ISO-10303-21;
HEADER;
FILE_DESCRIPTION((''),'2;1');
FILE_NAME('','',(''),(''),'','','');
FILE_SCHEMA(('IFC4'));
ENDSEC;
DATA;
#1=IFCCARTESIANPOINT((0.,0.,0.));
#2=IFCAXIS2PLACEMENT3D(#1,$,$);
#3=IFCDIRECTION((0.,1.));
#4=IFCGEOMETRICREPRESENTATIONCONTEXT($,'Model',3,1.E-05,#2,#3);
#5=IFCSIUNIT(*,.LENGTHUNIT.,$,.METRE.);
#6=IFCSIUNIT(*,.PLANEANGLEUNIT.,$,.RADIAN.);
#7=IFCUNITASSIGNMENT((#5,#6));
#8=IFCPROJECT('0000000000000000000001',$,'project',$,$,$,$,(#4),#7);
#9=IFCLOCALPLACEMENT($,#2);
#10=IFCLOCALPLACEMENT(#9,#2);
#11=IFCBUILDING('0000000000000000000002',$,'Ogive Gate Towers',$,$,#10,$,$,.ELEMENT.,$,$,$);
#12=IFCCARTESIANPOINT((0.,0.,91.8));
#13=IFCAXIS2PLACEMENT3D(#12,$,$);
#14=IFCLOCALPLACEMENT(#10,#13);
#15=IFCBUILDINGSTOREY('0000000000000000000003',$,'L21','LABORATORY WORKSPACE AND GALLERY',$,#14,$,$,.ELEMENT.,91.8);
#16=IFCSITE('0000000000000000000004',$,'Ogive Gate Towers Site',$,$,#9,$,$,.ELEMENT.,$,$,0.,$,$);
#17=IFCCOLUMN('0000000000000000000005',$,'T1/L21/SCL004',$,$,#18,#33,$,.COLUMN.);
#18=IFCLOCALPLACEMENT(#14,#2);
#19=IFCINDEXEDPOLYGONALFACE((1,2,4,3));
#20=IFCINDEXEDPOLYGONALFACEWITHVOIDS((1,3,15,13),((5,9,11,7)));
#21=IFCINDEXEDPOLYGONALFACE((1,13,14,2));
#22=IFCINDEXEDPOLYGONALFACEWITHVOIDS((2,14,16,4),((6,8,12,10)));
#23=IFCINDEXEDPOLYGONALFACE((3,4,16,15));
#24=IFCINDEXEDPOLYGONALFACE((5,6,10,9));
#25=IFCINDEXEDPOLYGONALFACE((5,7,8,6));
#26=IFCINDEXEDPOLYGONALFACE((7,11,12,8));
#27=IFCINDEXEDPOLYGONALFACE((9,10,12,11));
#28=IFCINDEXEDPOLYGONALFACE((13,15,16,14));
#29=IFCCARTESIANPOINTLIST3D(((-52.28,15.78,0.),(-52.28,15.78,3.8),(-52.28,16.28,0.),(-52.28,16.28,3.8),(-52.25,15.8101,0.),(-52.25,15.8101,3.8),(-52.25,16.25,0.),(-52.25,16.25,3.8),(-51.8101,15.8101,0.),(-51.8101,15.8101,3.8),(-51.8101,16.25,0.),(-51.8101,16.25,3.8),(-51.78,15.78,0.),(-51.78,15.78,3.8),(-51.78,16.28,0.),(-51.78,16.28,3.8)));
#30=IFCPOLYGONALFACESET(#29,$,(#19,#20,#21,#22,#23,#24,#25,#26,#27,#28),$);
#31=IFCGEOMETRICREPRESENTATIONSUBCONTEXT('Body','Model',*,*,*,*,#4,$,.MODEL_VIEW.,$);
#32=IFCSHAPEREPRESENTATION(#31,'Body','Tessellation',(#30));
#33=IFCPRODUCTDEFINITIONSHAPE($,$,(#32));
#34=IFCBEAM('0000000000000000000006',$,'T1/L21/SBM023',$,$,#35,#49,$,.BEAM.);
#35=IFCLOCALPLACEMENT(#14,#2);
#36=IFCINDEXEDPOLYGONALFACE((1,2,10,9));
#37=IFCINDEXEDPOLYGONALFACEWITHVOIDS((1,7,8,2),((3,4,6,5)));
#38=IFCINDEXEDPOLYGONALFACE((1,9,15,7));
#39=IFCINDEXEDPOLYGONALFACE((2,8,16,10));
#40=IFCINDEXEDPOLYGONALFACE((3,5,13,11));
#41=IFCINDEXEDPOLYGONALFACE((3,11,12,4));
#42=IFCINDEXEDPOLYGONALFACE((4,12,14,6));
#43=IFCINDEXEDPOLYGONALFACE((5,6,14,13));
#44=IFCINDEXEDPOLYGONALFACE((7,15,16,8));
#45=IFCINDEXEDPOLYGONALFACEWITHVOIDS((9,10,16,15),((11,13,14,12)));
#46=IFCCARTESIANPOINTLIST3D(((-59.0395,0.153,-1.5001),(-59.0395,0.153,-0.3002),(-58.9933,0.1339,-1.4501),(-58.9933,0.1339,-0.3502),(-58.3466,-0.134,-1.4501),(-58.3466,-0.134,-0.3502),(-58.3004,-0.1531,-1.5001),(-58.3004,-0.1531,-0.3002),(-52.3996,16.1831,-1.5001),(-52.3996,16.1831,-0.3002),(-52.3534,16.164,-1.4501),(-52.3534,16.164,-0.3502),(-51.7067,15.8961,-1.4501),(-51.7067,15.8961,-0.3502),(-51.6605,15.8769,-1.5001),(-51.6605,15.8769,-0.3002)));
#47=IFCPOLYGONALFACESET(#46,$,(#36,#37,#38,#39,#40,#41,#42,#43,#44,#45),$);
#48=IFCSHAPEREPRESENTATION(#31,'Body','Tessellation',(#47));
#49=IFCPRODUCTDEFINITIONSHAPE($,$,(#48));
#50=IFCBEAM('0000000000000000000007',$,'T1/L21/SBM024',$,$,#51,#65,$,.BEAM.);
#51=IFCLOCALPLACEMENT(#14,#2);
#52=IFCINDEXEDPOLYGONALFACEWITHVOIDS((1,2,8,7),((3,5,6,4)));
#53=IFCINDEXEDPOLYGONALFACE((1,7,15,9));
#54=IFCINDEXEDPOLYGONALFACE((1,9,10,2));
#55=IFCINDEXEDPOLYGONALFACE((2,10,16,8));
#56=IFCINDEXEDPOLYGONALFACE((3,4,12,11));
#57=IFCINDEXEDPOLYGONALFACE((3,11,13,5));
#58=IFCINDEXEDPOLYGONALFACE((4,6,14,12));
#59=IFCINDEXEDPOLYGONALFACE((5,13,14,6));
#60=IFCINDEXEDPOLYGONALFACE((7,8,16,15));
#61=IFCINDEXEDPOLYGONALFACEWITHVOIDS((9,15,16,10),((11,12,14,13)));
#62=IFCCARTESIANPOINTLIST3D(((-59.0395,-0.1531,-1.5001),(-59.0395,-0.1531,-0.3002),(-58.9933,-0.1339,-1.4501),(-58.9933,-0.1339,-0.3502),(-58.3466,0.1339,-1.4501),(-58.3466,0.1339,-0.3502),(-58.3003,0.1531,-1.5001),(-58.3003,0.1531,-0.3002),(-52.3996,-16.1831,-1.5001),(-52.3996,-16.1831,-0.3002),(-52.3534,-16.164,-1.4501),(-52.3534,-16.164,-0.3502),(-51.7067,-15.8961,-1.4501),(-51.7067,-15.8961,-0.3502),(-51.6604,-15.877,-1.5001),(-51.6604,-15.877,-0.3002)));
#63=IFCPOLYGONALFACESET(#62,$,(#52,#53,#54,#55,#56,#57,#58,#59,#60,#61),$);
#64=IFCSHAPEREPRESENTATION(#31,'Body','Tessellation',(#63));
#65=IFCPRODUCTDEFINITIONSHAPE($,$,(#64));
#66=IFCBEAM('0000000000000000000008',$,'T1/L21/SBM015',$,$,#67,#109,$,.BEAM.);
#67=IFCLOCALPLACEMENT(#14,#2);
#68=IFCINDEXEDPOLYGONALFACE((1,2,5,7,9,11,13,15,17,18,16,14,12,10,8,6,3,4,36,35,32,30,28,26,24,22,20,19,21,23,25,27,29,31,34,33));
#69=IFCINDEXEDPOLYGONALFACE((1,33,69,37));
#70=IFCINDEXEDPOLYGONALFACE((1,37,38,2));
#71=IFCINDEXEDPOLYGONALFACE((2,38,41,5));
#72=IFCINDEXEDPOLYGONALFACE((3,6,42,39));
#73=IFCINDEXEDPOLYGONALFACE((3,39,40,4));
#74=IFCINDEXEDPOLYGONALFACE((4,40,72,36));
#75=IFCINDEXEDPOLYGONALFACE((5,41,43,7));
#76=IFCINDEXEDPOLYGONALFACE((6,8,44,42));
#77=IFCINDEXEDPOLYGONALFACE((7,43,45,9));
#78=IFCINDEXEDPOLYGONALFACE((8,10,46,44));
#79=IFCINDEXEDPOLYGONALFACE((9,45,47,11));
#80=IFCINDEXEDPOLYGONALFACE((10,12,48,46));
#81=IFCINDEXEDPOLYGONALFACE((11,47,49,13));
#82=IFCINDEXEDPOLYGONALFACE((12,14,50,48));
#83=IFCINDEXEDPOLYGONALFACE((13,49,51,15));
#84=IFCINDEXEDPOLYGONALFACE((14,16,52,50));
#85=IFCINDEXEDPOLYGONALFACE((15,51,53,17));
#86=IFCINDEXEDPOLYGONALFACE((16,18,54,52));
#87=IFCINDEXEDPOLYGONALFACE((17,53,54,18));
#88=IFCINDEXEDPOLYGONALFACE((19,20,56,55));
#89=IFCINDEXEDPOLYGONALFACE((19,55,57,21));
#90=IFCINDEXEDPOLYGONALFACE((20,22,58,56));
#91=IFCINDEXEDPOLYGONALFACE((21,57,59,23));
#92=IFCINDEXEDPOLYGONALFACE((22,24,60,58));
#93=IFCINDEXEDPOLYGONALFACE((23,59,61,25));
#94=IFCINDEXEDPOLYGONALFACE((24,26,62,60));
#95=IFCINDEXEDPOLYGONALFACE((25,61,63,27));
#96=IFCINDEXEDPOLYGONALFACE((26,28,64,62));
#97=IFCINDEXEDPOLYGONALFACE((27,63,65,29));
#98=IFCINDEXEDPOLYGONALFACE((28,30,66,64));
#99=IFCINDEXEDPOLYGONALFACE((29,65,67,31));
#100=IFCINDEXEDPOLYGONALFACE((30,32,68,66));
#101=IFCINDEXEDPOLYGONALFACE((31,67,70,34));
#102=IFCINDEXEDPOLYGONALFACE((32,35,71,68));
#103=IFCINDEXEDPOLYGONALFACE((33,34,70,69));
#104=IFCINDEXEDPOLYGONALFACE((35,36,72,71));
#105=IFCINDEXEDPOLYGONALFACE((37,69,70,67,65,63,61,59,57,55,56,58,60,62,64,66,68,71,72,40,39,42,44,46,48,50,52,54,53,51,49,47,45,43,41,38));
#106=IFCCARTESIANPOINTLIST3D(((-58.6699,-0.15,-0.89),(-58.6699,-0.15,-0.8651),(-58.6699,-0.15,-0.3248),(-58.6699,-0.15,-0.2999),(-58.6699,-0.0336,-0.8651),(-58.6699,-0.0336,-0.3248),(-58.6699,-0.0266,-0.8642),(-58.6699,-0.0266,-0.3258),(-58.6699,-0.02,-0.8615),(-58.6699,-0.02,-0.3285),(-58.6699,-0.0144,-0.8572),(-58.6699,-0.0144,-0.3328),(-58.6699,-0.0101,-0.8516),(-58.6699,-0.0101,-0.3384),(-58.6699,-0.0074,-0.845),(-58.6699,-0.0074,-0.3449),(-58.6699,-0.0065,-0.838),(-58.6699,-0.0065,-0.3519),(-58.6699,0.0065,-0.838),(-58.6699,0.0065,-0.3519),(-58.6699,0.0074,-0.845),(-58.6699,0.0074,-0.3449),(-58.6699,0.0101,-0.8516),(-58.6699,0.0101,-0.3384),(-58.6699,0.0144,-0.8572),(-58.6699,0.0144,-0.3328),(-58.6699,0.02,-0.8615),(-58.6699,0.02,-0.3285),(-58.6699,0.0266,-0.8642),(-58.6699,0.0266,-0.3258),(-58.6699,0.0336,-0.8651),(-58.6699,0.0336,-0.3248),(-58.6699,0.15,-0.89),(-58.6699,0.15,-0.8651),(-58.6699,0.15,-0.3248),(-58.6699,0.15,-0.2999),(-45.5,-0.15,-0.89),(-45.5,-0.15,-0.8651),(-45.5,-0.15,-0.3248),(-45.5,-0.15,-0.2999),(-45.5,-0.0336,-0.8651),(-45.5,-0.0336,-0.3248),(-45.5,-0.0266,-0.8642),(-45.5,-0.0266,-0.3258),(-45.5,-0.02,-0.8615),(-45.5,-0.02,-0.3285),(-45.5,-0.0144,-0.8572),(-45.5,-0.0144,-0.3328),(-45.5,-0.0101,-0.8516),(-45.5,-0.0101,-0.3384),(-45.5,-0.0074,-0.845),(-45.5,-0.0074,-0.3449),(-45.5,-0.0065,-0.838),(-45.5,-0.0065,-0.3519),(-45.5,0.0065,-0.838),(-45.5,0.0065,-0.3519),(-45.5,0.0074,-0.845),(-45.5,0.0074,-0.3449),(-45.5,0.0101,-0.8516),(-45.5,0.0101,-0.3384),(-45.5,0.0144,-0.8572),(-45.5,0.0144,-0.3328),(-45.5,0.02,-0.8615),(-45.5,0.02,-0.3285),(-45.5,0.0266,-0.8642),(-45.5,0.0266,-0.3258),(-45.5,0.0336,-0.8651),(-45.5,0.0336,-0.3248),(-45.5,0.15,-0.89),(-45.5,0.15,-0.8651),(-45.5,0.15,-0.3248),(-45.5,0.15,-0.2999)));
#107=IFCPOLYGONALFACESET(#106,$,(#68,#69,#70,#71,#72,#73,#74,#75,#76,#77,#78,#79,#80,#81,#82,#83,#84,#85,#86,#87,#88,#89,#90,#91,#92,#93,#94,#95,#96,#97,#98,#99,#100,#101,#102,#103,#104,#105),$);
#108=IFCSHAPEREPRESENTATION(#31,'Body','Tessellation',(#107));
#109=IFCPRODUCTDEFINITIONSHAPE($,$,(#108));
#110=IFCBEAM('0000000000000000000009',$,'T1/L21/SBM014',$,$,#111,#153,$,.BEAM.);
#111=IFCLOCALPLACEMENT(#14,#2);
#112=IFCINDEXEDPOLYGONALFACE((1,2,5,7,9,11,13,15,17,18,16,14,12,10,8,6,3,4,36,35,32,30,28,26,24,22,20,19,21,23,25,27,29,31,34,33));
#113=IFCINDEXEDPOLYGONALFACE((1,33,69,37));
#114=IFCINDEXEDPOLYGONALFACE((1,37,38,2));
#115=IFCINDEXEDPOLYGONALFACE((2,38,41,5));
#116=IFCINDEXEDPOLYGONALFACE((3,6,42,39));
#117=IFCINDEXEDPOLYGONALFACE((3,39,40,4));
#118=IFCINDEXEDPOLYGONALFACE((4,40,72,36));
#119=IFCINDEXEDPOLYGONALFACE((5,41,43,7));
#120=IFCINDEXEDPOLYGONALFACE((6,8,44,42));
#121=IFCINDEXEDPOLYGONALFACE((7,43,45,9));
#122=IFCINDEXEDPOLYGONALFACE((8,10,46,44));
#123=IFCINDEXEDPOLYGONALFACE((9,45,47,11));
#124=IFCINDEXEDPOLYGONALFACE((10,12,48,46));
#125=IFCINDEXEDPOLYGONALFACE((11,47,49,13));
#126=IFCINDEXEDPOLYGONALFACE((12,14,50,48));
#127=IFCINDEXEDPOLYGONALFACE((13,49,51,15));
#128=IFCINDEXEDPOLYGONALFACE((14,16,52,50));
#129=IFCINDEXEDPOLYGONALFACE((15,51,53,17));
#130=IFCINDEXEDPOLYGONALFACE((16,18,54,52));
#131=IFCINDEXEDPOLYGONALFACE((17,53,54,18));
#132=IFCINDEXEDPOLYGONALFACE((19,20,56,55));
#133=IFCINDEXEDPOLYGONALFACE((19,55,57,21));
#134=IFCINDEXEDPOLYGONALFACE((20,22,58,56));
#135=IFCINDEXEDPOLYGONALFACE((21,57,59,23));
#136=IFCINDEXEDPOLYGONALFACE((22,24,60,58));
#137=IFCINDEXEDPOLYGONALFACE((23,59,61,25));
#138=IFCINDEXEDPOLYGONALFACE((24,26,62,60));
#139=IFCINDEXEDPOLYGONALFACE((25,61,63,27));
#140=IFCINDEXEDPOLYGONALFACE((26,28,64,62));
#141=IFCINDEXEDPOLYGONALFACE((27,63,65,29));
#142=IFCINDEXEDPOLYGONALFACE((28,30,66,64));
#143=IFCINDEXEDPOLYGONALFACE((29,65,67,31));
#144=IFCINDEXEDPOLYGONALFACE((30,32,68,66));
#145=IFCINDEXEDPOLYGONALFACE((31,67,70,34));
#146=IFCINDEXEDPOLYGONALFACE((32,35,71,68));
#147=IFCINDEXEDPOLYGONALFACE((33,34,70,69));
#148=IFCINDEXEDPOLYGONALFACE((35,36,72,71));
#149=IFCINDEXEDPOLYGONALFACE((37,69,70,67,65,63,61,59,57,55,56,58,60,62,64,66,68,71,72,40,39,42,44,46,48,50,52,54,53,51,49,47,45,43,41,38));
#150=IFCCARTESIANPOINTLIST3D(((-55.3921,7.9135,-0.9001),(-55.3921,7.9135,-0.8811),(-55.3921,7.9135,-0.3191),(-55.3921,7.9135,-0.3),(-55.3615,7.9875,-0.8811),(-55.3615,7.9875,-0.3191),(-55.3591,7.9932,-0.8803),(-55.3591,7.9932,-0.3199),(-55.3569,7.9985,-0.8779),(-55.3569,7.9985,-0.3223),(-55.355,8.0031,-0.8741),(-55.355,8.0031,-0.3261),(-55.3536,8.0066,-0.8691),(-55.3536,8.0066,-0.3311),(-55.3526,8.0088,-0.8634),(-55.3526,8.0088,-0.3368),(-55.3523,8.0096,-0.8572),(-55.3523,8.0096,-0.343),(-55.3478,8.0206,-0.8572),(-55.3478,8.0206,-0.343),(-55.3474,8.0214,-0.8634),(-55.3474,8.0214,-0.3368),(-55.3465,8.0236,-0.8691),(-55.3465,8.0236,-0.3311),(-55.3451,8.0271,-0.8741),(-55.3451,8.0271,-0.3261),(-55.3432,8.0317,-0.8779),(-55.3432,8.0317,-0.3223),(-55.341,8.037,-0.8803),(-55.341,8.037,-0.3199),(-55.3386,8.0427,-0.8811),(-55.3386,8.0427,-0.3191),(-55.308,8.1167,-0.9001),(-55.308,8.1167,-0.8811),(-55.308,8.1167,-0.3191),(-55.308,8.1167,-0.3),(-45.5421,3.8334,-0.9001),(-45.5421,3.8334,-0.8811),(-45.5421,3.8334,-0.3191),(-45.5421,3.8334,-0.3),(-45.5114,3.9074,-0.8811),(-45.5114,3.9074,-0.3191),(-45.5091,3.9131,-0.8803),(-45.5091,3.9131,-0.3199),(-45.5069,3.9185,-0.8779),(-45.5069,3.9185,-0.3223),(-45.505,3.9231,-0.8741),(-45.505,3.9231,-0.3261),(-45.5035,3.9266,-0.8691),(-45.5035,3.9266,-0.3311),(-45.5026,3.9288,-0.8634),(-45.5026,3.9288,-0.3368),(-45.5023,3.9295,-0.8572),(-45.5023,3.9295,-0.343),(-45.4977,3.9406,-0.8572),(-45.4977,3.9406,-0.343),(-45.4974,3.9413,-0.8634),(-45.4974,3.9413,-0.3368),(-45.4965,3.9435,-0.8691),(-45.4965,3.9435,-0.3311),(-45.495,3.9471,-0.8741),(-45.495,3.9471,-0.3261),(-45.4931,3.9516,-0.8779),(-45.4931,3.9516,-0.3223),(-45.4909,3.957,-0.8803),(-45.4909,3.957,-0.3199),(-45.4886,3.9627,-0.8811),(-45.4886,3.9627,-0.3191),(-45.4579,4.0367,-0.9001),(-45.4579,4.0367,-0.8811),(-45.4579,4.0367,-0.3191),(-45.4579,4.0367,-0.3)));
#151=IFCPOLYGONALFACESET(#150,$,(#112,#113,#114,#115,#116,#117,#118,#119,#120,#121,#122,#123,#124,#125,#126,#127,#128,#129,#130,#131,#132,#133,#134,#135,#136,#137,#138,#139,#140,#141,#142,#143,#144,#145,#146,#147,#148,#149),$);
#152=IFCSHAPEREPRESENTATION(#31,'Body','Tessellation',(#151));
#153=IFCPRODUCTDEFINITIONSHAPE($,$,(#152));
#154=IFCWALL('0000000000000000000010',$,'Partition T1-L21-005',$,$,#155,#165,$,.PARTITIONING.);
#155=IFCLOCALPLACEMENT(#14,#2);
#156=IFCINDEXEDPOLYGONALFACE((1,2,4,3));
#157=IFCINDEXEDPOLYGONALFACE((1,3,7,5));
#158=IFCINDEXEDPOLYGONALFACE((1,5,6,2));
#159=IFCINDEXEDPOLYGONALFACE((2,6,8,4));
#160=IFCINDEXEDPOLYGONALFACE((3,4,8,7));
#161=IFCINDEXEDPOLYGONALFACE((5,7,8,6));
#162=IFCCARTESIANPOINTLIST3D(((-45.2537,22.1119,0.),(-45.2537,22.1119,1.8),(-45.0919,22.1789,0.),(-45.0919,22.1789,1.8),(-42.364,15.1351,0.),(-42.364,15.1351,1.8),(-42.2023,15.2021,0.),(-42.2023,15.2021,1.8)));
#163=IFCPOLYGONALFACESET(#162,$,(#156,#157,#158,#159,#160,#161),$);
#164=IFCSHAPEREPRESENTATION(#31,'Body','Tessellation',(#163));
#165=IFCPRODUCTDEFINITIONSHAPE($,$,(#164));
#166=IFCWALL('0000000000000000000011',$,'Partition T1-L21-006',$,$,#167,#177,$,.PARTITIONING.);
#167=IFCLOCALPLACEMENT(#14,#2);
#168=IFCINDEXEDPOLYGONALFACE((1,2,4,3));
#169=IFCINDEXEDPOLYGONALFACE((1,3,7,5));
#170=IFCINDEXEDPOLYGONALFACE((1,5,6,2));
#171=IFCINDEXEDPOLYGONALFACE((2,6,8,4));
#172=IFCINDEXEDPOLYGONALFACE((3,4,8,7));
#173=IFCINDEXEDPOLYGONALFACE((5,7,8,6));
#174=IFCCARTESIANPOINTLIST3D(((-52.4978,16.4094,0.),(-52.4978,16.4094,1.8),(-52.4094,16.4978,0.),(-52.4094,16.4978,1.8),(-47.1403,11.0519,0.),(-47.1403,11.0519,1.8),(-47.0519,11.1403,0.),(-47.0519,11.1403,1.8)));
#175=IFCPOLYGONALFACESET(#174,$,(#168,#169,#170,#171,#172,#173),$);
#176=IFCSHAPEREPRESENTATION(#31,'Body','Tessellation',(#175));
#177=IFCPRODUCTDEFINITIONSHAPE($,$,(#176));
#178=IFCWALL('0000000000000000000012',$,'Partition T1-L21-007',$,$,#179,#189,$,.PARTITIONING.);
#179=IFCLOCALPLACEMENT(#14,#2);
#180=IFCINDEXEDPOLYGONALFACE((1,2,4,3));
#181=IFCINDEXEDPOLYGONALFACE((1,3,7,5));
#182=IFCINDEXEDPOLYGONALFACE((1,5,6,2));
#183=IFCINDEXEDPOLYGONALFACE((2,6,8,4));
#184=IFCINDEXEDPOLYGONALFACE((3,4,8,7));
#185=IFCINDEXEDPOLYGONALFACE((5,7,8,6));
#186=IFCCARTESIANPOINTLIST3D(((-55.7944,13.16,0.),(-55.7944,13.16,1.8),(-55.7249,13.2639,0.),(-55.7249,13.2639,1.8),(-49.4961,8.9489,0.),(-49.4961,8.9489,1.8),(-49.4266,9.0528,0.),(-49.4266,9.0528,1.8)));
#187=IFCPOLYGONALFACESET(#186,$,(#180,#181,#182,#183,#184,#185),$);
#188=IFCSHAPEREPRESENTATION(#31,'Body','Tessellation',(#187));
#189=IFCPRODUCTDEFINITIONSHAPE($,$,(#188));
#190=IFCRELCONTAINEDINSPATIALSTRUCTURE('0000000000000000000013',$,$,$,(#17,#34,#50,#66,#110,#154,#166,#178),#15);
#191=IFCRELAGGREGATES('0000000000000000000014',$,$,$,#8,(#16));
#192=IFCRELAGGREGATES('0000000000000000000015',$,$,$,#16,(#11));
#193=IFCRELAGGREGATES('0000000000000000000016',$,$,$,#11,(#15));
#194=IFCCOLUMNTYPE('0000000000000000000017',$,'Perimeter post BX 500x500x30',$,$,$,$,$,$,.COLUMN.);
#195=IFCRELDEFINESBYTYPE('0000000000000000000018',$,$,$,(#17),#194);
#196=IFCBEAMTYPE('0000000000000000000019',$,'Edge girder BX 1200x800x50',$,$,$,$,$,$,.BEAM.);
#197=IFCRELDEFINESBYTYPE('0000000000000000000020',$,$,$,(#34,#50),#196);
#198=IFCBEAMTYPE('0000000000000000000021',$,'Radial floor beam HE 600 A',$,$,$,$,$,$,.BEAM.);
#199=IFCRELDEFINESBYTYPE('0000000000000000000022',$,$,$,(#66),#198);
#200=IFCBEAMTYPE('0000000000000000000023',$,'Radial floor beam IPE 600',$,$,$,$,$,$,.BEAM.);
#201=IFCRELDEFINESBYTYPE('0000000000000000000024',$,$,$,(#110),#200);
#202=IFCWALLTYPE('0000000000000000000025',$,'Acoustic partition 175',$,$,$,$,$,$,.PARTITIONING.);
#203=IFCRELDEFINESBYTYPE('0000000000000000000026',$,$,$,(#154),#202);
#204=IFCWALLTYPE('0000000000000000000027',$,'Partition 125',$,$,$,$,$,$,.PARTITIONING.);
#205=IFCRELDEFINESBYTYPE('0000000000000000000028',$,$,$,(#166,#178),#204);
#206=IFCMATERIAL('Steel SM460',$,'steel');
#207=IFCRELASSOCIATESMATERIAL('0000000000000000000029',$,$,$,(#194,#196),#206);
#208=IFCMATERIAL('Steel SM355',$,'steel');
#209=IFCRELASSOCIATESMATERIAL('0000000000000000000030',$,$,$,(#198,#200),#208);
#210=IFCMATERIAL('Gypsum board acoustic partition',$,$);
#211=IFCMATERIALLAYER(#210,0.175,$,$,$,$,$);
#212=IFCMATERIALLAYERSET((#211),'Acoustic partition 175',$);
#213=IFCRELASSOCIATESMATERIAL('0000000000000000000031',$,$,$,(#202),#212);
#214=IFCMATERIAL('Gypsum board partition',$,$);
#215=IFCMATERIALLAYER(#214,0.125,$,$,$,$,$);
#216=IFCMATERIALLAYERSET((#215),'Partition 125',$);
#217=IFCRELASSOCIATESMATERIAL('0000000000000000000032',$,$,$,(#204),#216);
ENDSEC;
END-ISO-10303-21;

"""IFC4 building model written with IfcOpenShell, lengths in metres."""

from ifc_helpers import new_model, si_unit, direction, frame, frame_2d, origin, origin_2d, place, context, subcontext, project, spatial, rectangle, hollow_rectangle, i_section, extrude, material, layer, layer_set, material_profile, profile_set, type_object, element, save


model = new_model("IFC4")

# Units and contexts
model_context = context("Model", 3, precision=1e-05, world=origin(), true_north=direction((0.0, 1.0)))
body_context = subcontext(model_context, "Body", "Model", "MODEL_VIEW")
ifc_project = project(units=[si_unit("LENGTHUNIT", "METRE"), si_unit("PLANEANGLEUNIT", "RADIAN")], contexts=[model_context])

# Site, building, storey
site_placement = place(None, origin())
site = spatial("IfcSite", under=ifc_project, at=site_placement, Name="Ogive Gate Towers Site", CompositionType="ELEMENT", RefElevation=0.0)
building_placement = place(site_placement, origin())
building = spatial("IfcBuilding", under=site, at=building_placement, Name="Ogive Gate Towers", CompositionType="ELEMENT")
storey_placement = place(building_placement, frame((0.0, 0.0, 91.8)))
storey = spatial("IfcBuildingStorey", under=building, at=storey_placement, Name="L21", Description="LABORATORY WORKSPACE AND GALLERY", CompositionType="ELEMENT", Elevation=91.8)

# Column
ifc_material_1 = material(Name="Steel SM460", Category="steel")
ifc_material_profile_1 = material_profile(ifc_material_1, hollow_rectangle(XDim=0.5, YDim=0.5, WallThickness=0.03, at=origin_2d()), Name="BX 500x500x30")
ifc_profile_set_1 = profile_set([ifc_material_profile_1], Name="Steel SM460")
column_type = type_object("IfcColumnType", Name="Perimeter post BX 500x500x30", PredefinedType="COLUMN", material=ifc_profile_set_1)
column_placement = place(storey_placement, frame((-52.03, 16.03, 0.0), z_axis=(0.0, 0.0, 1.0), x_axis=(1.0, 0.0, 0.0)))
element("IfcColumn", 1, at=column_placement, inside=storey, type_object=column_type, Name="T1/L21/SCL004", PredefinedType="COLUMN", context=body_context, shape_type="SweptSolid", body=[
    extrude(hollow_rectangle(XDim=0.5, YDim=0.5, WallThickness=0.03, at=origin_2d()), origin(), (0.0, 0.0, 1.0), 3.8),
])

# Beams
ifc_material_profile_2 = material_profile(ifc_material_1, hollow_rectangle(XDim=0.8, YDim=1.2, WallThickness=0.05, at=origin_2d()), Name="BX 1200x800x50")
ifc_profile_set_2 = profile_set([ifc_material_profile_2], Name="Steel SM460")
beam_type_1 = type_object("IfcBeamType", Name="Edge girder BX 1200x800x50", PredefinedType="BEAM", material=ifc_profile_set_2)
for number, where, z_axis, x_axis, name in (
    (2, (-52.03, 16.03, -0.9001), (-0.382685, -0.923879, 0.0), (0.923879, -0.382685, 0.0), "T1/L21/SBM023"),
    (3, (-58.6699, 0.0, -0.9001), (0.382685, -0.923879, 0.0), (0.923879, 0.382685, 0.0), "T1/L21/SBM024"),
):
    element("IfcBeam", number, at=place(storey_placement, frame(where, z_axis=z_axis, x_axis=x_axis)), inside=storey, type_object=beam_type_1, Name=name, PredefinedType="BEAM", context=body_context, shape_type="SweptSolid", body=[
        extrude(hollow_rectangle(XDim=0.8, YDim=1.2, WallThickness=0.05, at=origin_2d()), origin(), (0.0, 0.0, 1.0), 17.3508),
    ])
ifc_material_2 = material(Name="Steel SM355", Category="steel")
ifc_material_profile_3 = material_profile(ifc_material_2, i_section(OverallWidth=0.3, OverallDepth=0.5901, WebThickness=0.0129, FlangeThickness=0.0249, FilletRadius=0.0271, at=origin_2d()), Name="HE 600 A")
ifc_profile_set_3 = profile_set([ifc_material_profile_3], Name="Steel SM355")
beam_type_2 = type_object("IfcBeamType", Name="Radial floor beam HE 600 A", PredefinedType="BEAM", material=ifc_profile_set_3)
beam_1_placement = place(storey_placement, frame((-45.5, 0.0, -0.595), z_axis=(-1.0, 0.0, 0.0), x_axis=(0.0, -1.0, 0.0)))
element("IfcBeam", 4, at=beam_1_placement, inside=storey, type_object=beam_type_2, Name="T1/L21/SBM015", PredefinedType="BEAM", context=body_context, shape_type="SweptSolid", body=[
    extrude(i_section(OverallWidth=0.3, OverallDepth=0.5901, WebThickness=0.0129, FlangeThickness=0.0249, FilletRadius=0.0271, at=origin_2d()), origin(), (0.0, 0.0, 1.0), 13.1699),
])
ifc_material_profile_4 = material_profile(ifc_material_2, i_section(OverallWidth=0.22, OverallDepth=0.6001, WebThickness=0.012, FlangeThickness=0.019, FilletRadius=0.0239, at=origin_2d()), Name="IPE 600")
ifc_profile_set_4 = profile_set([ifc_material_profile_4], Name="Steel SM355")
beam_type_3 = type_object("IfcBeamType", Name="Radial floor beam IPE 600", PredefinedType="BEAM", material=ifc_profile_set_4)
beam_2_placement = place(storey_placement, frame((-45.5, 3.9351, -0.6001), z_axis=(-0.923878, 0.382686, 0.0), x_axis=(-0.382686, -0.923878, 0.0)))
element("IfcBeam", 5, at=beam_2_placement, inside=storey, type_object=beam_type_3, Name="T1/L21/SBM014", PredefinedType="BEAM", context=body_context, shape_type="SweptSolid", body=[
    extrude(i_section(OverallWidth=0.22, OverallDepth=0.6001, WebThickness=0.012, FlangeThickness=0.019, FilletRadius=0.0239, at=origin_2d()), origin(), (0.0, 0.0, 1.0), 10.6616),
])

# Walls
ifc_material_3 = material(Name="Gypsum board acoustic partition")
ifc_layer_1 = layer(ifc_material_3, 0.175)
ifc_layer_set_1 = layer_set([ifc_layer_1], Name="Acoustic partition 175")
wall_type_1 = type_object("IfcWallType", Name="Acoustic partition 175", PredefinedType="PARTITIONING", material=ifc_layer_set_1)
wall_1_placement = place(storey_placement, frame((-45.1729, 22.1455, 0.0), z_axis=(0.0, 0.0, 1.0), x_axis=(0.382656, -0.923891, 0.0)))
element("IfcWall", 6, at=wall_1_placement, inside=storey, type_object=wall_type_1, Name="Partition T1-L21-005", PredefinedType="PARTITIONING", context=body_context, shape_type="SweptSolid", body=[
    extrude(rectangle(XDim=7.5515, YDim=0.175, at=frame_2d((3.7759, 0.0))), origin(), (0.0, 0.0, 1.0), 1.8),
])
ifc_material_4 = material(Name="Gypsum board partition")
ifc_layer_2 = layer(ifc_material_4, 0.125)
ifc_layer_set_2 = layer_set([ifc_layer_2], Name="Partition 125")
wall_type_2 = type_object("IfcWallType", Name="Partition 125", PredefinedType="PARTITIONING", material=ifc_layer_set_2)
wall_2_placement = place(storey_placement, frame((-52.4536, 16.4536, 0.0), z_axis=(0.0, 0.0, 1.0), x_axis=(0.707107, -0.707107, 0.0)))
element("IfcWall", 7, at=wall_2_placement, inside=storey, type_object=wall_type_2, Name="Partition T1-L21-006", PredefinedType="PARTITIONING", context=body_context, shape_type="SweptSolid", body=[
    extrude(rectangle(XDim=7.5767, YDim=0.125, at=frame_2d((3.7883, 0.0))), origin(), (0.0, 0.0, 1.0), 1.8),
])
wall_3_placement = place(storey_placement, frame((-55.7595, 13.2119, 0.0), z_axis=(0.0, 0.0, 1.0), x_axis=(0.831301, -0.555823, 0.0)))
element("IfcWall", 8, at=wall_3_placement, inside=storey, type_object=wall_type_2, Name="Partition T1-L21-007", PredefinedType="PARTITIONING", context=body_context, shape_type="SweptSolid", body=[
    extrude(rectangle(XDim=7.5764, YDim=0.125, at=frame_2d((3.7881, 0.0))), origin(), (0.0, 0.0, 1.0), 1.8),
])

save(model, "model.ifc")
